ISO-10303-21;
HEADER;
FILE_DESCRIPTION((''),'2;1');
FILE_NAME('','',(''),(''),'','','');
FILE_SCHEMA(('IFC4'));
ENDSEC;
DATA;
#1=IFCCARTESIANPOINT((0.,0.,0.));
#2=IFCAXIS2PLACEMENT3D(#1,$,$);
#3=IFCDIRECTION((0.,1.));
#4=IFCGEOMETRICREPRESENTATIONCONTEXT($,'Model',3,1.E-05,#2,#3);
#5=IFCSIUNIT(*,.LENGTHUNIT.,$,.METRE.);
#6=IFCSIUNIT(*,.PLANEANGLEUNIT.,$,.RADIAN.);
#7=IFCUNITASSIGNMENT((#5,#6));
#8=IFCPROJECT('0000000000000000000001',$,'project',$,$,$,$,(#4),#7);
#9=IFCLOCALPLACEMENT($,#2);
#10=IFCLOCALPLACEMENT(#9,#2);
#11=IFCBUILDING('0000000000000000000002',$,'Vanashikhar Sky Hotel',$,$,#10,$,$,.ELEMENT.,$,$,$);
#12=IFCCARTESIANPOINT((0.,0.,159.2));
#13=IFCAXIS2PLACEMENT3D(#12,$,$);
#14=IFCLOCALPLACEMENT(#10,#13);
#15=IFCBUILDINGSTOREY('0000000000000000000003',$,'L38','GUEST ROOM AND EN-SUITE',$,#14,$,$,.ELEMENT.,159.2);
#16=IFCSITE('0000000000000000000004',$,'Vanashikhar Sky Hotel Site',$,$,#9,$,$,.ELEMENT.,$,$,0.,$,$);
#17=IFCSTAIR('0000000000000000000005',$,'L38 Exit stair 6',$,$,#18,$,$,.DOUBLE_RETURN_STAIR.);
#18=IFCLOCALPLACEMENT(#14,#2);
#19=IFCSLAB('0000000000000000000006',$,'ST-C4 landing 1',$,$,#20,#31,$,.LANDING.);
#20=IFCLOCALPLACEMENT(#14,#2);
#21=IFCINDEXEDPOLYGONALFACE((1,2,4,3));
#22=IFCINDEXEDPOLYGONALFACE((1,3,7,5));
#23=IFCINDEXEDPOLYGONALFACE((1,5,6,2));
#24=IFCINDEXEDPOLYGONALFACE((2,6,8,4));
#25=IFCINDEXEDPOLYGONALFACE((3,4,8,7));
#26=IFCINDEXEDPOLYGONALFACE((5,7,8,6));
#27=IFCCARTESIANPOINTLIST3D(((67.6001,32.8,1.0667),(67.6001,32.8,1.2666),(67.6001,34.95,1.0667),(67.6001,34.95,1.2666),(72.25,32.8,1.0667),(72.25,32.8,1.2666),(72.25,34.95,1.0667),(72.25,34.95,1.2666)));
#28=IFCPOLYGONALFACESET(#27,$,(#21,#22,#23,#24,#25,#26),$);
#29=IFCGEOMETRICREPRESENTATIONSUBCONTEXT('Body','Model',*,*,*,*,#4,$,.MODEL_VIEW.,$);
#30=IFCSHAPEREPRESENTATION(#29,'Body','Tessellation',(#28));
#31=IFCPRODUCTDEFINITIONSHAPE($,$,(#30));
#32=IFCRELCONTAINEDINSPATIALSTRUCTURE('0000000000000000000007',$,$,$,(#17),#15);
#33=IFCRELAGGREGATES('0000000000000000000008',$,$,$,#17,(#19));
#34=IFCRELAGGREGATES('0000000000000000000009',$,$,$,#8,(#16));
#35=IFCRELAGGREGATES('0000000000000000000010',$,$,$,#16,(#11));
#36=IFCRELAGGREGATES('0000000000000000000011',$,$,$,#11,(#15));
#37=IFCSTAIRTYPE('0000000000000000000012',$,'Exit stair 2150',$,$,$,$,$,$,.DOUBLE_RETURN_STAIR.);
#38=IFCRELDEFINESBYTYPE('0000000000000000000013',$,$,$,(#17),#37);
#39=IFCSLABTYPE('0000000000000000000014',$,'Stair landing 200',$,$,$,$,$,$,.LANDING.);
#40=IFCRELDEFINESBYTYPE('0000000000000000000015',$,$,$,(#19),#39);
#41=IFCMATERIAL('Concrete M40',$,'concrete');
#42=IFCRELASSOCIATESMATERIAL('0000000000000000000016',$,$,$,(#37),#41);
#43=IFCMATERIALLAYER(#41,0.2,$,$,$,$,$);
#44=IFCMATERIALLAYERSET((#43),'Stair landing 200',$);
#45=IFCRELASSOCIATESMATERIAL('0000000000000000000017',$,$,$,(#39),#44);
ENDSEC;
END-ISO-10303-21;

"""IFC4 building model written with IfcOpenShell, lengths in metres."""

from ifc_helpers import new_model, si_unit, direction, frame, origin, place, context, subcontext, project, spatial, polyline, outline, extrude, source, transform, mapped, material, layer, layer_set, type_object, element, aggregate, save


model = new_model("IFC4")

# Units and contexts
model_context = context("Model", 3, precision=1e-05, world=origin(), true_north=direction((0.0, 1.0)))
body_context = subcontext(model_context, "Body", "Model", "MODEL_VIEW")
ifc_project = project(units=[si_unit("LENGTHUNIT", "METRE"), si_unit("PLANEANGLEUNIT", "RADIAN")], contexts=[model_context])

# Site, building, storey
site_placement = place(None, origin())
site = spatial("IfcSite", under=ifc_project, at=site_placement, Name="Vanashikhar Sky Hotel Site", CompositionType="ELEMENT", RefElevation=0.0)
building_placement = place(site_placement, origin())
building = spatial("IfcBuilding", under=site, at=building_placement, Name="Vanashikhar Sky Hotel", CompositionType="ELEMENT")
storey_placement = place(building_placement, frame((0.0, 0.0, 159.2)))
storey = spatial("IfcBuildingStorey", under=building, at=storey_placement, Name="L38", Description="GUEST ROOM AND EN-SUITE", CompositionType="ELEMENT", Elevation=159.2)

# Shared definitions
ifc_material = material(Name="Concrete M40", Category="concrete")

# Shared definitions
stair_type = type_object("IfcStairType", Name="Exit stair 2150", PredefinedType="DOUBLE_RETURN_STAIR", material=ifc_material)
ifc_layer_1 = layer(ifc_material, 0.2)
ifc_layer_set_1 = layer_set([ifc_layer_1], Name="Stair landing 200")
slab_type_1 = type_object("IfcSlabType", Name="Stair landing 200", PredefinedType="LANDING", material=ifc_layer_set_1)

# Stair, slab
stair_1_placement = place(storey_placement, origin())
stair_1 = element("IfcStair", 1, at=stair_1_placement, inside=storey, type_object=stair_type, Name="L38 Exit stair 6", PredefinedType="DOUBLE_RETURN_STAIR")
shared_shape_1 = source(origin(), body_context, "Body", "SweptSolid", [
    extrude(outline(polyline([(72.25, 32.8), (72.25, 34.95), (67.6001, 34.95), (67.6001, 32.8), (72.25, 32.8)])), origin(), (0.0, 0.0, 1.0), 0.2),
])
slab_1_placement = place(storey_placement, frame((0.0, 0.0, 1.0667)))
slab_1 = element("IfcSlab", 2, at=slab_1_placement, type_object=slab_type_1, Name="ST-C4 landing 1", PredefinedType="LANDING", context=body_context, shape_type="MappedRepresentation", body=[
    mapped(shared_shape_1, transform((0.0, 0.0, 0.0), scale=1.0)),
])
aggregate(stair_1, [slab_1])

save(model, "model.ifc")
